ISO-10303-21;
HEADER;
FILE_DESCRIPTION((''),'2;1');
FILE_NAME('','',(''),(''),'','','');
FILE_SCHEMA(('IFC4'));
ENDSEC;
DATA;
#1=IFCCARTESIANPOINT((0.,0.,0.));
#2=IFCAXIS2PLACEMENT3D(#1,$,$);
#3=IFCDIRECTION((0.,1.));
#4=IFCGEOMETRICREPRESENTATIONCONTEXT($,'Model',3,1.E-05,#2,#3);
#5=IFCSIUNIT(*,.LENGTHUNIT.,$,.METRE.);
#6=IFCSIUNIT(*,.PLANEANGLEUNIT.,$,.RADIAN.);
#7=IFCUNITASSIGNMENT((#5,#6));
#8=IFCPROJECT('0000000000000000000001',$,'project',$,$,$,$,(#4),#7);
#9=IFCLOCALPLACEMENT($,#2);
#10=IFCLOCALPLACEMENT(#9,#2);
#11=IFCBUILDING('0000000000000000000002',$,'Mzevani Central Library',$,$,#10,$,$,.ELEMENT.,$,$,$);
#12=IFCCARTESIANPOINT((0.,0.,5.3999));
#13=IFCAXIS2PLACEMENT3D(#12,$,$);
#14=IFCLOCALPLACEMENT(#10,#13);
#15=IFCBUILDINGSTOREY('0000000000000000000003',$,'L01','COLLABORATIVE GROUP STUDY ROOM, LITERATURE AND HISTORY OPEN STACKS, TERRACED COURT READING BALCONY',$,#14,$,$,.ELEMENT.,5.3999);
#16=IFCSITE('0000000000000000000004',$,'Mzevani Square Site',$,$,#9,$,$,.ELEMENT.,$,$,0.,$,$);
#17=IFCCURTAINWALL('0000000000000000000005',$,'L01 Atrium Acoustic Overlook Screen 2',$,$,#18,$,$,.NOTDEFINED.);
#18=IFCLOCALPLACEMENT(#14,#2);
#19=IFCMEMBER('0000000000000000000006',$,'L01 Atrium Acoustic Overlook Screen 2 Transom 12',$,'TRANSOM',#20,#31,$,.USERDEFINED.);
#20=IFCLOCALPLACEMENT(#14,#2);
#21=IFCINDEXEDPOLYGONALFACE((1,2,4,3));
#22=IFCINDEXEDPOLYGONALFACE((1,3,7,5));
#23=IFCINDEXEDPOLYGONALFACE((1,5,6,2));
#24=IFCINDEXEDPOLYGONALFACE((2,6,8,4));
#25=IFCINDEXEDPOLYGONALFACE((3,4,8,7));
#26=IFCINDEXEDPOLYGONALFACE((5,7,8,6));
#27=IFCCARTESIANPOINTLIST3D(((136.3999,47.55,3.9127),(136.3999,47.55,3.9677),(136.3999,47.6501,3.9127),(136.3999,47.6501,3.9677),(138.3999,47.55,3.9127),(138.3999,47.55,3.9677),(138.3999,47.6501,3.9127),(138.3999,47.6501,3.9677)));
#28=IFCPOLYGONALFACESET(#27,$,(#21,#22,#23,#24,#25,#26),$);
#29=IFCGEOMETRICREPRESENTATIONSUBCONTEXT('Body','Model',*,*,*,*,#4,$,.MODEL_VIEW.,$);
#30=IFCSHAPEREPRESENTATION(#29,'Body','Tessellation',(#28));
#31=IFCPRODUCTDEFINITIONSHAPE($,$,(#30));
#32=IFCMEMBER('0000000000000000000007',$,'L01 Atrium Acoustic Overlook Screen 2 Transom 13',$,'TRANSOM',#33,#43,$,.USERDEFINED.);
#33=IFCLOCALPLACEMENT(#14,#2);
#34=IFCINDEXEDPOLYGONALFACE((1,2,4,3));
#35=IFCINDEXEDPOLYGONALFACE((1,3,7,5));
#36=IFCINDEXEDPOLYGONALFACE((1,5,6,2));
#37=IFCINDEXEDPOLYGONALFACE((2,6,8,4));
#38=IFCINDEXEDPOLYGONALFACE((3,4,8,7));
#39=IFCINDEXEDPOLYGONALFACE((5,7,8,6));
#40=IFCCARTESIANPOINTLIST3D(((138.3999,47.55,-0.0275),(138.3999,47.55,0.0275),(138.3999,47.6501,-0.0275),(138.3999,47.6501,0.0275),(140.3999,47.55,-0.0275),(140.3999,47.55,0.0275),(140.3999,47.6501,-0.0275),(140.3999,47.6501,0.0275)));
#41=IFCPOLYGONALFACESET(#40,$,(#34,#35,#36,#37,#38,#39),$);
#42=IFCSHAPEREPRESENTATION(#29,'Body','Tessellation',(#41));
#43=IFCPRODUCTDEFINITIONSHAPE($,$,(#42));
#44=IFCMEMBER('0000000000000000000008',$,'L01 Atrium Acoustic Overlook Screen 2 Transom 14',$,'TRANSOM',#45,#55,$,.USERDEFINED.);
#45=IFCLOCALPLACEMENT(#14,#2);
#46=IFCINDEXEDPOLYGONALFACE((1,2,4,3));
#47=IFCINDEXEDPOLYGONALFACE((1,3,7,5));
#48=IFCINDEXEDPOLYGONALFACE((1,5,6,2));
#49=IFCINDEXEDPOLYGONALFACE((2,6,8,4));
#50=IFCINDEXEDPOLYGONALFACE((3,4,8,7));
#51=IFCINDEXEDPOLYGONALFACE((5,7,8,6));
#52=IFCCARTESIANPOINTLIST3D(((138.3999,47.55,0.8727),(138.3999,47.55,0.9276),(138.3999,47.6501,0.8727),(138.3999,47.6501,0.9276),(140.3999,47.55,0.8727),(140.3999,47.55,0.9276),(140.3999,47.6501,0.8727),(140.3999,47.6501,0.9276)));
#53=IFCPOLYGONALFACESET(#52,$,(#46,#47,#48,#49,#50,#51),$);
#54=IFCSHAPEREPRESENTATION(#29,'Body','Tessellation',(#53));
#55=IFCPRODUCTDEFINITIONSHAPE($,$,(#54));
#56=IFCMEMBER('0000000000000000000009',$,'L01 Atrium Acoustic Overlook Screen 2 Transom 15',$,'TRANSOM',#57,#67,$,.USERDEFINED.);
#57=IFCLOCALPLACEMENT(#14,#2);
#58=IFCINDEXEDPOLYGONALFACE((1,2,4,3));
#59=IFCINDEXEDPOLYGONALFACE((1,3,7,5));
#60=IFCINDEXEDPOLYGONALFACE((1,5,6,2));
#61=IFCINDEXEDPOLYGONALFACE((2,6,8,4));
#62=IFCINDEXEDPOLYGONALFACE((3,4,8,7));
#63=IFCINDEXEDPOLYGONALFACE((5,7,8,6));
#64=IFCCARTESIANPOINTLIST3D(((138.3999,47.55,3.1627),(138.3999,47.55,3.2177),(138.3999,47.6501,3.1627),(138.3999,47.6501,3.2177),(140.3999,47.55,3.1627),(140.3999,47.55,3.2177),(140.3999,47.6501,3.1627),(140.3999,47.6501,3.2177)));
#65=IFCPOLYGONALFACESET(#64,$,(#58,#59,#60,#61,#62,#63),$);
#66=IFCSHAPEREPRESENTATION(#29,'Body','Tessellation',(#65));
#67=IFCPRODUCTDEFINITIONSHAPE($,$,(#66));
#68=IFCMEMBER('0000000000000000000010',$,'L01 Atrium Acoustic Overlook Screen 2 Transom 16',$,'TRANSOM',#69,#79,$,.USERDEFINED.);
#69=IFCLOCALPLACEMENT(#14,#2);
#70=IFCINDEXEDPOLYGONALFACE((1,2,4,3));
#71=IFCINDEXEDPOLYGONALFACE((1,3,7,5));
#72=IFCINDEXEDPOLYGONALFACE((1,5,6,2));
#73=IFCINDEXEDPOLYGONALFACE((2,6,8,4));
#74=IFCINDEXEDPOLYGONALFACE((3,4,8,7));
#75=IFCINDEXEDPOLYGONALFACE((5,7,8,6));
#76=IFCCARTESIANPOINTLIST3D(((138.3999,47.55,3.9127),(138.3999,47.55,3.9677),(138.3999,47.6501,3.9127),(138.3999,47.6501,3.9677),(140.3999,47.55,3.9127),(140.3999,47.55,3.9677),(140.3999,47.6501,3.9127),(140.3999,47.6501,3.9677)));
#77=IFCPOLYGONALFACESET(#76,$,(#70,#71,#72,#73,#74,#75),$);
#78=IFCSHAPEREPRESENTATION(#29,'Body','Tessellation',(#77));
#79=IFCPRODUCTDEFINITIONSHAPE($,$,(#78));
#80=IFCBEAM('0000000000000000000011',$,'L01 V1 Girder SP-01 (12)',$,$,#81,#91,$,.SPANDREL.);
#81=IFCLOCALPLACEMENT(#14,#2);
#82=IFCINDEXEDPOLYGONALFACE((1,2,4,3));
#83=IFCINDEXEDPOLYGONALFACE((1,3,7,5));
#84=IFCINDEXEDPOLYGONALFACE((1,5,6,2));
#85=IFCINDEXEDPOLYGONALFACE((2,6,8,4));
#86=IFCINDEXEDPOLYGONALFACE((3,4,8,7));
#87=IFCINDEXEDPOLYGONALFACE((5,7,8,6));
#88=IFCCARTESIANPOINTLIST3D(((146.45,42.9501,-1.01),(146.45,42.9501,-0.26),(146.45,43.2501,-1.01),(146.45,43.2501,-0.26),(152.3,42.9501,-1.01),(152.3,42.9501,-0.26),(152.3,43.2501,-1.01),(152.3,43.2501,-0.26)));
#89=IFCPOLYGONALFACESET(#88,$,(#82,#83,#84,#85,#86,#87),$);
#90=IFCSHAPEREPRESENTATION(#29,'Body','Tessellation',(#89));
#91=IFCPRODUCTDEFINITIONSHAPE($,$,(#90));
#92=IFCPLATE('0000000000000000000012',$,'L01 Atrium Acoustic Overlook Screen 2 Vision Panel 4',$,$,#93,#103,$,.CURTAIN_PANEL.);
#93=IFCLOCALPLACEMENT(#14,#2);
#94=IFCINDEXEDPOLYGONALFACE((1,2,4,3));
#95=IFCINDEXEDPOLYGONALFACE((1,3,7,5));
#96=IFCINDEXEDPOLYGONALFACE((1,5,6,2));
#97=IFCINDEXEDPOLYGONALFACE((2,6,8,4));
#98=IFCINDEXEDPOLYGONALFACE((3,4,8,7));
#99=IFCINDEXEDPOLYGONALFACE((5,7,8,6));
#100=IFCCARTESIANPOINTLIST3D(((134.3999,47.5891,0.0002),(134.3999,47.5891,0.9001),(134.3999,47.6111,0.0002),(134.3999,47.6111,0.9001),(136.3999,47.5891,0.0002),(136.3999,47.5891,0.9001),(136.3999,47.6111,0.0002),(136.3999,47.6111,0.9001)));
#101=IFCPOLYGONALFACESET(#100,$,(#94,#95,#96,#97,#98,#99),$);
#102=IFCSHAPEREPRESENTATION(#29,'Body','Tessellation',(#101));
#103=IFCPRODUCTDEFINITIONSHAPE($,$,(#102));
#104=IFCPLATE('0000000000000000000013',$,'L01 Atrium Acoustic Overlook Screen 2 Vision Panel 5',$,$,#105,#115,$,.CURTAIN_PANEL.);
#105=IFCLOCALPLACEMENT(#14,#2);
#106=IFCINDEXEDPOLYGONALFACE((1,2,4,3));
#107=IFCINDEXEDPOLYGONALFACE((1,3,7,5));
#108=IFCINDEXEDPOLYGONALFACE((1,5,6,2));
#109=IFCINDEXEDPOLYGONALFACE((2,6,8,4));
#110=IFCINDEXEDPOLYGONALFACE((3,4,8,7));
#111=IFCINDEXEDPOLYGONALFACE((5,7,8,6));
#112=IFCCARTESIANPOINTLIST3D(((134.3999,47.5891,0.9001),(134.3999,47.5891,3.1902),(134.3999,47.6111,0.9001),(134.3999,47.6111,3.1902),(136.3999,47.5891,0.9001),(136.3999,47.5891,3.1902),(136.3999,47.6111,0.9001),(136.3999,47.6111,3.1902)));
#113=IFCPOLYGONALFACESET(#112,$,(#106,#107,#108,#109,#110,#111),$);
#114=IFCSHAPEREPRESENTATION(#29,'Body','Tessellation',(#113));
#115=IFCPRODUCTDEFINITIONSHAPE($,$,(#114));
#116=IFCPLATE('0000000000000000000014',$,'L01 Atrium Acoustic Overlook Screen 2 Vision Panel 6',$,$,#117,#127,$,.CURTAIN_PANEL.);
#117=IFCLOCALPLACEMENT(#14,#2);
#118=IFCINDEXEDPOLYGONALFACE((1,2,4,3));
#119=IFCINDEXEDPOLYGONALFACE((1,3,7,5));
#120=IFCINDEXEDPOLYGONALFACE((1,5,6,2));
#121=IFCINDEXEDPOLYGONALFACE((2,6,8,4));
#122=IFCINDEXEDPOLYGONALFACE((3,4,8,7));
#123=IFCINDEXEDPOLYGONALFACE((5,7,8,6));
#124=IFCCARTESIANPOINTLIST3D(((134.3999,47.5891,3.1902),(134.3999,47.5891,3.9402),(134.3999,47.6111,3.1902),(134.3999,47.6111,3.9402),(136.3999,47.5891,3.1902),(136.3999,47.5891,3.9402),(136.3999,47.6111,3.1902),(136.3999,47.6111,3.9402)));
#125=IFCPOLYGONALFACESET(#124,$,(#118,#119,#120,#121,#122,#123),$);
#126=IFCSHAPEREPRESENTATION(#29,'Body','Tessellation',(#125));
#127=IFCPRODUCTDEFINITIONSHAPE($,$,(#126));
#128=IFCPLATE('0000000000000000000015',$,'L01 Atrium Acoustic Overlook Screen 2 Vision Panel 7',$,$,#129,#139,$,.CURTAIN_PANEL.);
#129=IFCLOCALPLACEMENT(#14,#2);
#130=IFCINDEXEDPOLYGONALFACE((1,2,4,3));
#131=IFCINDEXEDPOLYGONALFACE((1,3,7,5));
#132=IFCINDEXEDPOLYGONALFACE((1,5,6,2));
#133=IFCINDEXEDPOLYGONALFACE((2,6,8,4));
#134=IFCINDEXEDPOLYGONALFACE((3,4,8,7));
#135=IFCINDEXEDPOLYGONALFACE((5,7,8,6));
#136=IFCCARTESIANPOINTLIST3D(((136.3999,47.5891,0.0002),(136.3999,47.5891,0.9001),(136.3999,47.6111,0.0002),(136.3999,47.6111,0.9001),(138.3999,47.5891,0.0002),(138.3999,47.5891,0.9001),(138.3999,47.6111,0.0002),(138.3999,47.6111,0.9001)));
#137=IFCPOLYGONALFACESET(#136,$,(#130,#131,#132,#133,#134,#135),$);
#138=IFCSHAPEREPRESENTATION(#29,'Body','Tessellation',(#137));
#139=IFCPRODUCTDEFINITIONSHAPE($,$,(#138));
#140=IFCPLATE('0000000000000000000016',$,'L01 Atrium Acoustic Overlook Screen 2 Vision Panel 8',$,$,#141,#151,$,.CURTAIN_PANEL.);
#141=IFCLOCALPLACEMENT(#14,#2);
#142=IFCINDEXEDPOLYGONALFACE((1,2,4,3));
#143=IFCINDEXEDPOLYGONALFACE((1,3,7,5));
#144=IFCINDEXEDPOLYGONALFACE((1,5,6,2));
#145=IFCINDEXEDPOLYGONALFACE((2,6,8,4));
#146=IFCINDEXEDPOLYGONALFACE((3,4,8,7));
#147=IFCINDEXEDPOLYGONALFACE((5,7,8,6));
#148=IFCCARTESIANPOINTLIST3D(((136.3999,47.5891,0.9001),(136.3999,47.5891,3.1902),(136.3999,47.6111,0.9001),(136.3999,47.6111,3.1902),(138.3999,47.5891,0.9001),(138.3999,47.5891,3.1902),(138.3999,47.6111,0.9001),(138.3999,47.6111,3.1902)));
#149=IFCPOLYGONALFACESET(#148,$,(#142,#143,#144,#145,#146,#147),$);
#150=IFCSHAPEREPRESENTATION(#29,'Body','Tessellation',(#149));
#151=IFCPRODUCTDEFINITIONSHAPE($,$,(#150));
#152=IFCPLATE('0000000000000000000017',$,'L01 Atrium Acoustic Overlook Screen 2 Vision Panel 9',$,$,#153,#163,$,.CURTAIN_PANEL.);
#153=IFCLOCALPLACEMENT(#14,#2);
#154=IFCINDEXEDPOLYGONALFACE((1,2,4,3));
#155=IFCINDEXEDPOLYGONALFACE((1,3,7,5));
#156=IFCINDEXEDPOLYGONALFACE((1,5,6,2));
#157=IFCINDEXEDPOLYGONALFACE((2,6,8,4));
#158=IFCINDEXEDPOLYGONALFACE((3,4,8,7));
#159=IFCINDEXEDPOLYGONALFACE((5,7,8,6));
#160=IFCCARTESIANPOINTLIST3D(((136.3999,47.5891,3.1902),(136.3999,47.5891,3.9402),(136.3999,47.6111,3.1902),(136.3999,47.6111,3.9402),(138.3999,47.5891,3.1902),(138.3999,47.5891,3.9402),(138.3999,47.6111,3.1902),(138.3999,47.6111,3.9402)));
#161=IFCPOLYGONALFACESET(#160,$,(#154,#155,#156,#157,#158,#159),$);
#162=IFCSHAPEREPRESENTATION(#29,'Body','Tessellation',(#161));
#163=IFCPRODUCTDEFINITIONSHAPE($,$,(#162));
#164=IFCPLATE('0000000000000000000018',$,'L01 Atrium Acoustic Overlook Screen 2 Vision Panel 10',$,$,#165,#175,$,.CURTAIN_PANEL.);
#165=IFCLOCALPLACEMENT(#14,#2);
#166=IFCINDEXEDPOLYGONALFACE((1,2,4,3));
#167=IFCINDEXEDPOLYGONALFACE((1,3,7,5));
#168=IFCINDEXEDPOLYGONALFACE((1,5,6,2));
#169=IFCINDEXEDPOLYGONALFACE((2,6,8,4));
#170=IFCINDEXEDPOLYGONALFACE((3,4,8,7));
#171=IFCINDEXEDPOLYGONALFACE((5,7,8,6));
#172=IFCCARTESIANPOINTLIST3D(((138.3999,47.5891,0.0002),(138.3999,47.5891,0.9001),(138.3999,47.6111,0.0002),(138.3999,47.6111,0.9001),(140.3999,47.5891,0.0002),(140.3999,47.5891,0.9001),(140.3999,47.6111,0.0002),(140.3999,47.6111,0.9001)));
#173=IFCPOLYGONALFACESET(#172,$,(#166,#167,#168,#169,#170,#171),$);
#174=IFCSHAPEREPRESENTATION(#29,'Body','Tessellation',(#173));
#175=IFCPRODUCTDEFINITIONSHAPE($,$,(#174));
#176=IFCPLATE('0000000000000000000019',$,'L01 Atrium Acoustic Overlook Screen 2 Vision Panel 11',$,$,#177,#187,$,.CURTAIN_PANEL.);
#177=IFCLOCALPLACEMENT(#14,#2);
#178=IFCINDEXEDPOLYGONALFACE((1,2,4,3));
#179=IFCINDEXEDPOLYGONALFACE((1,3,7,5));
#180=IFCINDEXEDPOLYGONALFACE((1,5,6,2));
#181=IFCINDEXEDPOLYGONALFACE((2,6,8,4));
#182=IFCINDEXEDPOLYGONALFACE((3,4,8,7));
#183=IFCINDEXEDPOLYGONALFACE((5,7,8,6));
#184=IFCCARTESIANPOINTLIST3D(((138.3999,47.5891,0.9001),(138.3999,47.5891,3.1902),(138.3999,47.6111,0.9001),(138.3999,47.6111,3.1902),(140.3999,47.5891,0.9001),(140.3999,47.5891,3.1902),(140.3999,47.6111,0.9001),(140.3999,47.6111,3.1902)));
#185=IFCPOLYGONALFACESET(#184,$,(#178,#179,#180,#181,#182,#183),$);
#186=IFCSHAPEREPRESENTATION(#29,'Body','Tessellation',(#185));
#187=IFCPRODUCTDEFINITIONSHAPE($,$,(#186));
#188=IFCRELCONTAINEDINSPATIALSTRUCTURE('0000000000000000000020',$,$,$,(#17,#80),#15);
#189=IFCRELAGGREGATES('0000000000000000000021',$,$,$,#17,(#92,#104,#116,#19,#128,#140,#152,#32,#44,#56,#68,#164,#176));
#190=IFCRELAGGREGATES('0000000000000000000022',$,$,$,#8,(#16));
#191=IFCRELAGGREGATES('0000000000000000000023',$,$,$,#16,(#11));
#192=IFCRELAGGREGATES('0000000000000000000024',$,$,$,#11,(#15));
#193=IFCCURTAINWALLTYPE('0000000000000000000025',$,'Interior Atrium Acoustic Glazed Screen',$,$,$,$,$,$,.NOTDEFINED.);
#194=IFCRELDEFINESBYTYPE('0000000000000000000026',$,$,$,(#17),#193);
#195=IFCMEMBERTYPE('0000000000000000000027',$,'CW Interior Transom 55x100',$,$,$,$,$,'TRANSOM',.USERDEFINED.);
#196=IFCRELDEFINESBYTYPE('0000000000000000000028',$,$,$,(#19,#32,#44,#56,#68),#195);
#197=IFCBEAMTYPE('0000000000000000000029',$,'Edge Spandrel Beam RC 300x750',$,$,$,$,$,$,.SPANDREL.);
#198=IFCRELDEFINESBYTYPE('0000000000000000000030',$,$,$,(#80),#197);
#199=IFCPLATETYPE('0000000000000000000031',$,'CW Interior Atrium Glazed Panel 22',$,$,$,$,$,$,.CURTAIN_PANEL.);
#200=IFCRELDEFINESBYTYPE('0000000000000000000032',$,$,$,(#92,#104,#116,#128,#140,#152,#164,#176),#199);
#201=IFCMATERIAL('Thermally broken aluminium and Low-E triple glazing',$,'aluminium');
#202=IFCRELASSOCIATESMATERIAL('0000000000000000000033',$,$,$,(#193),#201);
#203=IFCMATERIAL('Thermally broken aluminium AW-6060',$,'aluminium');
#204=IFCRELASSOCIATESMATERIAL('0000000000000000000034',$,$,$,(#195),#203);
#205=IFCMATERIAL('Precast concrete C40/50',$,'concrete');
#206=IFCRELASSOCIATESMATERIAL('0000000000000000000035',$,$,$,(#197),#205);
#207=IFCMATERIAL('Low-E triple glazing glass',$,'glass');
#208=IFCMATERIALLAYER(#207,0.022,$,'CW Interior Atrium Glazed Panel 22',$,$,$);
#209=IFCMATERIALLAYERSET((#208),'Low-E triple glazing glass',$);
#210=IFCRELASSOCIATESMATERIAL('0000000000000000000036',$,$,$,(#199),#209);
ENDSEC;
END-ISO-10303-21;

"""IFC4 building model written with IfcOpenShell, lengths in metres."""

from ifc_helpers import new_model, si_unit, direction, frame, origin, origin_2d, place, context, subcontext, project, spatial, rectangle, extrude, material, layer, layer_set, material_profile, profile_set, type_object, element, aggregate, save


model = new_model("IFC4")

# Units and contexts
model_context = context("Model", 3, precision=1e-05, world=origin(), true_north=direction((0.0, 1.0)))
body_context = subcontext(model_context, "Body", "Model", "MODEL_VIEW")
ifc_project = project(units=[si_unit("LENGTHUNIT", "METRE"), si_unit("PLANEANGLEUNIT", "RADIAN")], contexts=[model_context])

# Site, building, storey
site_placement = place(None, origin())
site = spatial("IfcSite", under=ifc_project, at=site_placement, Name="Mzevani Square Site", CompositionType="ELEMENT", RefElevation=0.0)
building_placement = place(site_placement, origin())
building = spatial("IfcBuilding", under=site, at=building_placement, Name="Mzevani Central Library", CompositionType="ELEMENT")
storey_placement = place(building_placement, frame((0.0, 0.0, 5.3999)))
storey = spatial("IfcBuildingStorey", under=building, at=storey_placement, Name="L01", Description="COLLABORATIVE GROUP STUDY ROOM, LITERATURE AND HISTORY OPEN STACKS, TERRACED COURT READING BALCONY", CompositionType="ELEMENT", Elevation=5.3999)

# Curtain wall, members
ifc_material_1 = material(Name="Thermally broken aluminium and Low-E triple glazing", Category="aluminium")
curtain_wall_type = type_object("IfcCurtainWallType", Name="Interior Atrium Acoustic Glazed Screen", PredefinedType="NOTDEFINED", material=ifc_material_1)
curtain_wall_placement = place(storey_placement, origin())
curtain_wall = element("IfcCurtainWall", 1, at=curtain_wall_placement, inside=storey, type_object=curtain_wall_type, Name="L01 Atrium Acoustic Overlook Screen 2", PredefinedType="NOTDEFINED")
ifc_material_2 = material(Name="Thermally broken aluminium AW-6060", Category="aluminium")
ifc_material_profile_1 = material_profile(ifc_material_2, rectangle(XDim=0.1001, YDim=0.0549, at=origin_2d()), Name="ALU T55x100")
ifc_profile_set_1 = profile_set([ifc_material_profile_1], Name="Thermally broken aluminium AW-6060")
member_type_1 = type_object("IfcMemberType", Name="CW Interior Transom 55x100", ElementType="TRANSOM", PredefinedType="USERDEFINED", material=ifc_profile_set_1)
member_1_placement = place(storey_placement, frame((136.3999, 47.6001, 3.9402), z_axis=(1.0, 0.0, 0.0), x_axis=(0.0, 1.0, 0.0)))
member_1 = element("IfcMember", 2, at=member_1_placement, type_object=member_type_1, Name="L01 Atrium Acoustic Overlook Screen 2 Transom 12", ObjectType="TRANSOM", PredefinedType="USERDEFINED", context=body_context, shape_type="SweptSolid", body=[
    extrude(rectangle(XDim=0.1001, YDim=0.0549, at=origin_2d()), origin(), (0.0, 0.0, 1.0), 2.0),
])
member_2_placement = place(storey_placement, frame((138.3999, 47.6001, 0.0), z_axis=(1.0, 0.0, 0.0), x_axis=(0.0, 1.0, 0.0)))
member_2 = element("IfcMember", 3, at=member_2_placement, type_object=member_type_1, Name="L01 Atrium Acoustic Overlook Screen 2 Transom 13", ObjectType="TRANSOM", PredefinedType="USERDEFINED", context=body_context, shape_type="SweptSolid", body=[
    extrude(rectangle(XDim=0.1001, YDim=0.0549, at=origin_2d()), origin(), (0.0, 0.0, 1.0), 2.0),
])
member_3_placement = place(storey_placement, frame((138.3999, 47.6001, 0.9001), z_axis=(1.0, 0.0, 0.0), x_axis=(0.0, 1.0, 0.0)))
member_3 = element("IfcMember", 4, at=member_3_placement, type_object=member_type_1, Name="L01 Atrium Acoustic Overlook Screen 2 Transom 14", ObjectType="TRANSOM", PredefinedType="USERDEFINED", context=body_context, shape_type="SweptSolid", body=[
    extrude(rectangle(XDim=0.1001, YDim=0.0549, at=origin_2d()), origin(), (0.0, 0.0, 1.0), 2.0),
])
member_4_placement = place(storey_placement, frame((138.3999, 47.6001, 3.1902), z_axis=(1.0, 0.0, 0.0), x_axis=(0.0, 1.0, 0.0)))
member_4 = element("IfcMember", 5, at=member_4_placement, type_object=member_type_1, Name="L01 Atrium Acoustic Overlook Screen 2 Transom 15", ObjectType="TRANSOM", PredefinedType="USERDEFINED", context=body_context, shape_type="SweptSolid", body=[
    extrude(rectangle(XDim=0.1001, YDim=0.0549, at=origin_2d()), origin(), (0.0, 0.0, 1.0), 2.0),
])
member_5_placement = place(storey_placement, frame((138.3999, 47.6001, 3.9402), z_axis=(1.0, 0.0, 0.0), x_axis=(0.0, 1.0, 0.0)))
member_5 = element("IfcMember", 6, at=member_5_placement, type_object=member_type_1, Name="L01 Atrium Acoustic Overlook Screen 2 Transom 16", ObjectType="TRANSOM", PredefinedType="USERDEFINED", context=body_context, shape_type="SweptSolid", body=[
    extrude(rectangle(XDim=0.1001, YDim=0.0549, at=origin_2d()), origin(), (0.0, 0.0, 1.0), 2.0),
])

# Beam
ifc_material_3 = material(Name="Precast concrete C40/50", Category="concrete")
ifc_material_profile_2 = material_profile(ifc_material_3, rectangle(XDim=0.3, YDim=0.75, at=origin_2d()), Name="RC SP300x750")
ifc_profile_set_2 = profile_set([ifc_material_profile_2], Name="Precast concrete C40/50")
beam_type_1 = type_object("IfcBeamType", Name="Edge Spandrel Beam RC 300x750", PredefinedType="SPANDREL", material=ifc_profile_set_2)
beam_1_placement = place(storey_placement, frame((146.45, 43.1001, -0.635), z_axis=(1.0, 0.0, 0.0), x_axis=(0.0, 1.0, 0.0)))
element("IfcBeam", 7, at=beam_1_placement, inside=storey, type_object=beam_type_1, Name="L01 V1 Girder SP-01 (12)", PredefinedType="SPANDREL", context=body_context, shape_type="SweptSolid", body=[
    extrude(rectangle(XDim=0.3, YDim=0.75, at=origin_2d()), origin(), (0.0, 0.0, 1.0), 5.8501),
])

# Plates
ifc_material_4 = material(Name="Low-E triple glazing glass", Category="glass")
ifc_layer_1 = layer(ifc_material_4, 0.022, Name="CW Interior Atrium Glazed Panel 22")
ifc_layer_set_1 = layer_set([ifc_layer_1], Name="Low-E triple glazing glass")
plate_type = type_object("IfcPlateType", Name="CW Interior Atrium Glazed Panel 22", PredefinedType="CURTAIN_PANEL", material=ifc_layer_set_1)
plate_1_placement = place(storey_placement, frame((135.3999, 47.6001, 0.0002), z_axis=(0.0, 0.0, 1.0), x_axis=(1.0, 0.0, 0.0)))
plate_1 = element("IfcPlate", 8, at=plate_1_placement, type_object=plate_type, Name="L01 Atrium Acoustic Overlook Screen 2 Vision Panel 4", PredefinedType="CURTAIN_PANEL", context=body_context, shape_type="SweptSolid", body=[
    extrude(rectangle(XDim=2.0, YDim=0.022, at=origin_2d()), origin(), (0.0, 0.0, 1.0), 0.8999),
])
plate_2_placement = place(storey_placement, frame((135.3999, 47.6001, 0.9001), z_axis=(0.0, 0.0, 1.0), x_axis=(1.0, 0.0, 0.0)))
plate_2 = element("IfcPlate", 9, at=plate_2_placement, type_object=plate_type, Name="L01 Atrium Acoustic Overlook Screen 2 Vision Panel 5", PredefinedType="CURTAIN_PANEL", context=body_context, shape_type="SweptSolid", body=[
    extrude(rectangle(XDim=2.0, YDim=0.022, at=origin_2d()), origin(), (0.0, 0.0, 1.0), 2.29),
])
plate_3_placement = place(storey_placement, frame((135.3999, 47.6001, 3.1902), z_axis=(0.0, 0.0, 1.0), x_axis=(1.0, 0.0, 0.0)))
plate_3 = element("IfcPlate", 10, at=plate_3_placement, type_object=plate_type, Name="L01 Atrium Acoustic Overlook Screen 2 Vision Panel 6", PredefinedType="CURTAIN_PANEL", context=body_context, shape_type="SweptSolid", body=[
    extrude(rectangle(XDim=2.0, YDim=0.022, at=origin_2d()), origin(), (0.0, 0.0, 1.0), 0.75),
])
plate_4_placement = place(storey_placement, frame((137.3999, 47.6001, 0.0002), z_axis=(0.0, 0.0, 1.0), x_axis=(1.0, 0.0, 0.0)))
plate_4 = element("IfcPlate", 11, at=plate_4_placement, type_object=plate_type, Name="L01 Atrium Acoustic Overlook Screen 2 Vision Panel 7", PredefinedType="CURTAIN_PANEL", context=body_context, shape_type="SweptSolid", body=[
    extrude(rectangle(XDim=2.0, YDim=0.022, at=origin_2d()), origin(), (0.0, 0.0, 1.0), 0.8999),
])
plate_5_placement = place(storey_placement, frame((137.3999, 47.6001, 0.9001), z_axis=(0.0, 0.0, 1.0), x_axis=(1.0, 0.0, 0.0)))
plate_5 = element("IfcPlate", 12, at=plate_5_placement, type_object=plate_type, Name="L01 Atrium Acoustic Overlook Screen 2 Vision Panel 8", PredefinedType="CURTAIN_PANEL", context=body_context, shape_type="SweptSolid", body=[
    extrude(rectangle(XDim=2.0, YDim=0.022, at=origin_2d()), origin(), (0.0, 0.0, 1.0), 2.29),
])
plate_6_placement = place(storey_placement, frame((137.3999, 47.6001, 3.1902), z_axis=(0.0, 0.0, 1.0), x_axis=(1.0, 0.0, 0.0)))
plate_6 = element("IfcPlate", 13, at=plate_6_placement, type_object=plate_type, Name="L01 Atrium Acoustic Overlook Screen 2 Vision Panel 9", PredefinedType="CURTAIN_PANEL", context=body_context, shape_type="SweptSolid", body=[
    extrude(rectangle(XDim=2.0, YDim=0.022, at=origin_2d()), origin(), (0.0, 0.0, 1.0), 0.75),
])
plate_7_placement = place(storey_placement, frame((139.3999, 47.6001, 0.0002), z_axis=(0.0, 0.0, 1.0), x_axis=(1.0, 0.0, 0.0)))
plate_7 = element("IfcPlate", 14, at=plate_7_placement, type_object=plate_type, Name="L01 Atrium Acoustic Overlook Screen 2 Vision Panel 10", PredefinedType="CURTAIN_PANEL", context=body_context, shape_type="SweptSolid", body=[
    extrude(rectangle(XDim=2.0, YDim=0.022, at=origin_2d()), origin(), (0.0, 0.0, 1.0), 0.8999),
])
plate_8_placement = place(storey_placement, frame((139.3999, 47.6001, 0.9001), z_axis=(0.0, 0.0, 1.0), x_axis=(1.0, 0.0, 0.0)))
plate_8 = element("IfcPlate", 15, at=plate_8_placement, type_object=plate_type, Name="L01 Atrium Acoustic Overlook Screen 2 Vision Panel 11", PredefinedType="CURTAIN_PANEL", context=body_context, shape_type="SweptSolid", body=[
    extrude(rectangle(XDim=2.0, YDim=0.022, at=origin_2d()), origin(), (0.0, 0.0, 1.0), 2.29),
])
aggregate(curtain_wall, [plate_1, plate_2, plate_3, member_1, plate_4, plate_5, plate_6, member_2, member_3, member_4, member_5, plate_7, plate_8])

save(model, "model.ifc")
